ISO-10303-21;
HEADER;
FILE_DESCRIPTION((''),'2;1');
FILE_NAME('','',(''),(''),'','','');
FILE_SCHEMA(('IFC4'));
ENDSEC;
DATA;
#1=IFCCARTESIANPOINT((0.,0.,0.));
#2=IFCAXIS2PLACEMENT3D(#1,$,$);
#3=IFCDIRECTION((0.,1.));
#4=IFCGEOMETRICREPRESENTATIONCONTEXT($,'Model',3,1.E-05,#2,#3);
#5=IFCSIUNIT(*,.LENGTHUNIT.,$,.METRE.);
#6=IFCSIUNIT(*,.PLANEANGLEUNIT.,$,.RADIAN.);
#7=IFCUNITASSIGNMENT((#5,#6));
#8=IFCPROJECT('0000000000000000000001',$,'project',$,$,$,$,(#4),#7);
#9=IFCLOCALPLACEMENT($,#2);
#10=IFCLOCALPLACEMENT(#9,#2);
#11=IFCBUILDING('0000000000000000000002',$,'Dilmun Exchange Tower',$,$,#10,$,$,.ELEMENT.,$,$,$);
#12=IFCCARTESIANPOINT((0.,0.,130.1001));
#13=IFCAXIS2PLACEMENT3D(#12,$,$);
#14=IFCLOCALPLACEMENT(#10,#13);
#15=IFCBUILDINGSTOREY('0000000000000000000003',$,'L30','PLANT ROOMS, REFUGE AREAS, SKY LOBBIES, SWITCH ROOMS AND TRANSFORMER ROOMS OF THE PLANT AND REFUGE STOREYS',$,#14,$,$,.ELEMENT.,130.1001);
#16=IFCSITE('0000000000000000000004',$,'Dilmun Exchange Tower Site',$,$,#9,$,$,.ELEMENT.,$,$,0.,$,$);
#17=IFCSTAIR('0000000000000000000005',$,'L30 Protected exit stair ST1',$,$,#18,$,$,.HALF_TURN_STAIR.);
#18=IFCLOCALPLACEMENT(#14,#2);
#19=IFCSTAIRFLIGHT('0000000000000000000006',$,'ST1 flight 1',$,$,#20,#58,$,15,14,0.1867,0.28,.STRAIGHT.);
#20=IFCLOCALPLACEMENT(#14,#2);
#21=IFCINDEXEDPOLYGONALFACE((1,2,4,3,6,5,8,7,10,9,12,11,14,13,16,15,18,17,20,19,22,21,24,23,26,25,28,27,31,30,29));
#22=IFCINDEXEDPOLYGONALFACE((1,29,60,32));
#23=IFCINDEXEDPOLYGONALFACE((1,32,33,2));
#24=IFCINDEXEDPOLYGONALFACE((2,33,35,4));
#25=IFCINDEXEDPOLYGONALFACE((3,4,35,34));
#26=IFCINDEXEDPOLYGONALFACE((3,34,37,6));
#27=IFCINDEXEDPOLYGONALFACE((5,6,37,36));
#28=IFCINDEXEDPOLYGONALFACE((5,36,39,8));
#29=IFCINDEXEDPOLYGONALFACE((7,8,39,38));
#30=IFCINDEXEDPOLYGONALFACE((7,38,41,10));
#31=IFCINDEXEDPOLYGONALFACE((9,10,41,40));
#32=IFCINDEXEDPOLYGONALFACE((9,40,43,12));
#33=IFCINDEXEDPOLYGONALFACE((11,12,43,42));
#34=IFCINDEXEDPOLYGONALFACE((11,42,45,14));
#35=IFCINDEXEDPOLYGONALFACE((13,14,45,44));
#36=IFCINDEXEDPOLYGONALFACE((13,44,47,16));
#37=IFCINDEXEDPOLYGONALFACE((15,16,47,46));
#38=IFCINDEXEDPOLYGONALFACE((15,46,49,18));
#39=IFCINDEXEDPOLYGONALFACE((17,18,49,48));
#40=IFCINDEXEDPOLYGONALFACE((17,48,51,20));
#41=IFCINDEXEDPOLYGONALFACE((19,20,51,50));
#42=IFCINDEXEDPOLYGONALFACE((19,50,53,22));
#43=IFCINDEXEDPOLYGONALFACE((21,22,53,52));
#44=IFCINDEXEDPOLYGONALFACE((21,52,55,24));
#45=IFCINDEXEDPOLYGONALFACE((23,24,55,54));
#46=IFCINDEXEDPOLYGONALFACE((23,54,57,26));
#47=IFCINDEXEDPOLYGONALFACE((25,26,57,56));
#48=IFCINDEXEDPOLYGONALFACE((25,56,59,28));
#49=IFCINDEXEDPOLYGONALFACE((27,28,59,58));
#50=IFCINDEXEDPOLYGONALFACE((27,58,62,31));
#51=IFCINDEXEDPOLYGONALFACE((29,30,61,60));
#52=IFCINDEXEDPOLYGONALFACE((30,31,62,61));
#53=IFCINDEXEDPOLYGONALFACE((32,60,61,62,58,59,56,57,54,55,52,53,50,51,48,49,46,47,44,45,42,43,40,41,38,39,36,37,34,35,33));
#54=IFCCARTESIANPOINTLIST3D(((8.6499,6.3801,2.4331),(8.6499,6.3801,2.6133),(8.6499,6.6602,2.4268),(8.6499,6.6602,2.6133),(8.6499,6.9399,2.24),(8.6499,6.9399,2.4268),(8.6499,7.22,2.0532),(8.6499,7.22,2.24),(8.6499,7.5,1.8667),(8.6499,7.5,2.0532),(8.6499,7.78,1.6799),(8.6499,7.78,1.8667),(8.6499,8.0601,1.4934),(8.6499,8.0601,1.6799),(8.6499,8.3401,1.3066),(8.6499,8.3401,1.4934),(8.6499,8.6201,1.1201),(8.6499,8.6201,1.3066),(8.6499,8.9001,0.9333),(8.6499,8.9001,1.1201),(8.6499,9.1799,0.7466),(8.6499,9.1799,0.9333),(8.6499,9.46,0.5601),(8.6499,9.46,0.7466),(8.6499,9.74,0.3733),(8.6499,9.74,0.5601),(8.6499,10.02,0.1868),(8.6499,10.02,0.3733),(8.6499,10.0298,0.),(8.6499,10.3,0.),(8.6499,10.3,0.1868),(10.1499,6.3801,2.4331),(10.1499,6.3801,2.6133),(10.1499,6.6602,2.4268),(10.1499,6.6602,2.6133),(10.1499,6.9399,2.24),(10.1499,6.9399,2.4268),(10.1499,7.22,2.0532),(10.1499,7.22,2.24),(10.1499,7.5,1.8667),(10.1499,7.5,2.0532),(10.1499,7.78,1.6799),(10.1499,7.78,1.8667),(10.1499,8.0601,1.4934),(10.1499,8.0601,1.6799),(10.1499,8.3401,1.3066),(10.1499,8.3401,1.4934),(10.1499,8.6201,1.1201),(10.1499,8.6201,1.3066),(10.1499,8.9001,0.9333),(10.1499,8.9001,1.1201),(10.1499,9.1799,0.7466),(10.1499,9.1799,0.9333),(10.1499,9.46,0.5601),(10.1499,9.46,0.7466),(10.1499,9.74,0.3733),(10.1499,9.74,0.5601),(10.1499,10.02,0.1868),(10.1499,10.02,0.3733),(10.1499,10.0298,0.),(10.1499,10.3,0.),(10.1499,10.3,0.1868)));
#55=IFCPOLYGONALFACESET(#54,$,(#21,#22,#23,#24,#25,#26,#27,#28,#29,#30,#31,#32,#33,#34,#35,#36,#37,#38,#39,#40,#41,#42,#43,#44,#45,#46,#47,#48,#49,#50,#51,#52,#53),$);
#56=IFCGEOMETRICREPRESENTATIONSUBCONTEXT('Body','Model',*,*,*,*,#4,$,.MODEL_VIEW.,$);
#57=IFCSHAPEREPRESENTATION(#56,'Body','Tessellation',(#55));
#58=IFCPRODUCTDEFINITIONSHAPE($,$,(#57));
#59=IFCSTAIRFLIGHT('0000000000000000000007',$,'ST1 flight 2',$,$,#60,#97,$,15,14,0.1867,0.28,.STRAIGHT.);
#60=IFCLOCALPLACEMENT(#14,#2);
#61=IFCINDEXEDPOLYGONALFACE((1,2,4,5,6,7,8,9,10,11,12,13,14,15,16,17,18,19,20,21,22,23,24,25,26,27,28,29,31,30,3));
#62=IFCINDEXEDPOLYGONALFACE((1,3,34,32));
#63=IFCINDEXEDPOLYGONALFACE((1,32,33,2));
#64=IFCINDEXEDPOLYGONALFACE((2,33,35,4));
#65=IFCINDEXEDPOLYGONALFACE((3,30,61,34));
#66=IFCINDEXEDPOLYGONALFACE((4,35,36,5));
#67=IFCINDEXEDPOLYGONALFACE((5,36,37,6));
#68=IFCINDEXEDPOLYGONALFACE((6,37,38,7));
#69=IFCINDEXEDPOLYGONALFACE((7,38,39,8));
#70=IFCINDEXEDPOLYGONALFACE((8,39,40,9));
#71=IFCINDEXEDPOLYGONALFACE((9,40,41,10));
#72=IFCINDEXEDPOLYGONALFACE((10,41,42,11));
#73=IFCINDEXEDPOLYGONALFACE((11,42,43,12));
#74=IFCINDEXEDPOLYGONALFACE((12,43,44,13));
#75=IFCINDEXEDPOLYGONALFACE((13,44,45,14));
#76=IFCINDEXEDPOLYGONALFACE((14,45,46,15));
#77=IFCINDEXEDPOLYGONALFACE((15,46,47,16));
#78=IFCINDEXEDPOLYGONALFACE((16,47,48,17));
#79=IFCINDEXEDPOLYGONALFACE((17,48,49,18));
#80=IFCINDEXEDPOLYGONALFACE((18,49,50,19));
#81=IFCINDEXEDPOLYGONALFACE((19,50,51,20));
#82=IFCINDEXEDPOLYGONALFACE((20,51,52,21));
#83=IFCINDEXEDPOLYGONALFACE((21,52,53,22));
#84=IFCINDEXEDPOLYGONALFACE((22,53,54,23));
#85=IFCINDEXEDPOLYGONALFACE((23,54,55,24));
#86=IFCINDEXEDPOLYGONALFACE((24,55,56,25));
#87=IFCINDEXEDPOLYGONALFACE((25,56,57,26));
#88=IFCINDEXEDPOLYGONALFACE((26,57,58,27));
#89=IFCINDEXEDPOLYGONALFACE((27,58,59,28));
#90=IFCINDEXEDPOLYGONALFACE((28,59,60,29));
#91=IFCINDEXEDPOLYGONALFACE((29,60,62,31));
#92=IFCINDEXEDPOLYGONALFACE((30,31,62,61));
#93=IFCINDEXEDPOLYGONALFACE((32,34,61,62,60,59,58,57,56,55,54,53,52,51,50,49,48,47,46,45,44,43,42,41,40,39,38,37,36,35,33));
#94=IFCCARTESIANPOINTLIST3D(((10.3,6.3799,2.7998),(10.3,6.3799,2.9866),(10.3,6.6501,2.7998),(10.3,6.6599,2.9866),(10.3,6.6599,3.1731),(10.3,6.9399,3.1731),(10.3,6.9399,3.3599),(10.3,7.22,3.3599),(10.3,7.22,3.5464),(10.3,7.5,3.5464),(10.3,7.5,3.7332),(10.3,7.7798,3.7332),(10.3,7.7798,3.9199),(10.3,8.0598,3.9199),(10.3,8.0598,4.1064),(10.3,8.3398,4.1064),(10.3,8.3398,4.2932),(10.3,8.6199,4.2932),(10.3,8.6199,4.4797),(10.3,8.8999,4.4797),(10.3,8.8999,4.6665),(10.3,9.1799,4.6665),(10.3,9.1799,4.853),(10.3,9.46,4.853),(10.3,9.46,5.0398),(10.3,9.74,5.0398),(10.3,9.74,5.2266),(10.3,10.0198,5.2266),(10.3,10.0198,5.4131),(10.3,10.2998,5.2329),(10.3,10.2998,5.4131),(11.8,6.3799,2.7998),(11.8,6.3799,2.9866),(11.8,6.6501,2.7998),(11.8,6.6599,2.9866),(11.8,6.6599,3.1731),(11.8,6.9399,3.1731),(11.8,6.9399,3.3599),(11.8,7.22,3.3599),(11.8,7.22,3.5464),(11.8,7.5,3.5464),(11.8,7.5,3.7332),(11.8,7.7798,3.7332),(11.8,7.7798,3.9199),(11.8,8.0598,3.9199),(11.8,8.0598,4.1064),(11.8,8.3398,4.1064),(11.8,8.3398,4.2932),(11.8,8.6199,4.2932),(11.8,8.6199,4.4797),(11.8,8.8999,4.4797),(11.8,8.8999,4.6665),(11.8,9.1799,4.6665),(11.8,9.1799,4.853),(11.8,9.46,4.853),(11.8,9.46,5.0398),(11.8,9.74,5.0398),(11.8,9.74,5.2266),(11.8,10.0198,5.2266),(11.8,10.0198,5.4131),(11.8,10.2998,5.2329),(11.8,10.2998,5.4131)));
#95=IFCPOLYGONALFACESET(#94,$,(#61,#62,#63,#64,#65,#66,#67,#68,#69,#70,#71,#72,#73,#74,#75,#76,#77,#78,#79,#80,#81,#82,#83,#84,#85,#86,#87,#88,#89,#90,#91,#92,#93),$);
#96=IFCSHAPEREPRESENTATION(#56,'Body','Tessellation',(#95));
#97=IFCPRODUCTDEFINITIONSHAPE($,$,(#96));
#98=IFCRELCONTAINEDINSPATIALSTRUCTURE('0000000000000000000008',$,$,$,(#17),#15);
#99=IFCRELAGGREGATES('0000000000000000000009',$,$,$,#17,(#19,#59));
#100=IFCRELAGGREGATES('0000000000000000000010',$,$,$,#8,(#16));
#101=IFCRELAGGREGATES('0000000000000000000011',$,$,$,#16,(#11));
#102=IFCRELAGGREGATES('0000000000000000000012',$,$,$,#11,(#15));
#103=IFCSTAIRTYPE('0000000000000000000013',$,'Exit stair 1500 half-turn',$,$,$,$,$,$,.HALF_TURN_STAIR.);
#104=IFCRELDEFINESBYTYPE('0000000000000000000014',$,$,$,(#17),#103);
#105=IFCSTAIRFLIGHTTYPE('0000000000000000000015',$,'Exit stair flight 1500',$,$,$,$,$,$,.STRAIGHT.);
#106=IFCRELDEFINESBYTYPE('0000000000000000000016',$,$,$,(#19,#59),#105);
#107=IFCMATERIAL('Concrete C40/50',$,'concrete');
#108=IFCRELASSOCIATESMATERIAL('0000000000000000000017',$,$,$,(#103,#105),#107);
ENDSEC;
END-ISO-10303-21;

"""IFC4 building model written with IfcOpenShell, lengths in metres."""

from ifc_helpers import new_model, si_unit, direction, frame, origin, place, context, subcontext, project, spatial, polyline, outline, extrude, material, type_object, element, aggregate, save


model = new_model("IFC4")

# Units and contexts
model_context = context("Model", 3, precision=1e-05, world=origin(), true_north=direction((0.0, 1.0)))
body_context = subcontext(model_context, "Body", "Model", "MODEL_VIEW")
ifc_project = project(units=[si_unit("LENGTHUNIT", "METRE"), si_unit("PLANEANGLEUNIT", "RADIAN")], contexts=[model_context])

# Site, building, storey
site_placement = place(None, origin())
site = spatial("IfcSite", under=ifc_project, at=site_placement, Name="Dilmun Exchange Tower Site", CompositionType="ELEMENT", RefElevation=0.0)
building_placement = place(site_placement, origin())
building = spatial("IfcBuilding", under=site, at=building_placement, Name="Dilmun Exchange Tower", CompositionType="ELEMENT")
storey_placement = place(building_placement, frame((0.0, 0.0, 130.1001)))
storey = spatial("IfcBuildingStorey", under=building, at=storey_placement, Name="L30", Description="PLANT ROOMS, REFUGE AREAS, SKY LOBBIES, SWITCH ROOMS AND TRANSFORMER ROOMS OF THE PLANT AND REFUGE STOREYS", CompositionType="ELEMENT", Elevation=130.1001)

# Shared definitions
ifc_material_1 = material(Name="Concrete C40/50", Category="concrete")

# Stair, stair flights
stair_type = type_object("IfcStairType", Name="Exit stair 1500 half-turn", PredefinedType="HALF_TURN_STAIR", material=ifc_material_1)
stair_placement = place(storey_placement, origin())
stair = element("IfcStair", 1, at=stair_placement, inside=storey, type_object=stair_type, Name="L30 Protected exit stair ST1", PredefinedType="HALF_TURN_STAIR")
stair_flight_type = type_object("IfcStairFlightType", Name="Exit stair flight 1500", PredefinedType="STRAIGHT", material=ifc_material_1)
stair_flight_1_placement = place(storey_placement, frame((9.3999, 10.3, 0.0), z_axis=(0.0, 0.0, 1.0), x_axis=(0.0, -1.0, 0.0)))
stair_flight_1 = element("IfcStairFlight", 2, at=stair_flight_1_placement, type_object=stair_flight_type, Name="ST1 flight 1", NumberOfRisers=15, NumberOfTreads=14, PredefinedType="STRAIGHT", RiserHeight=0.1867, TreadLength=0.28, context=body_context, shape_type="SweptSolid", body=[
    extrude(outline(polyline([(0.0, 0.0), (0.0, 0.1868), (0.28, 0.1868), (0.28, 0.3733), (0.5601, 0.3733), (0.5601, 0.5601), (0.8401, 0.5601), (0.8401, 0.7466), (1.1201, 0.7466), (1.1201, 0.9333), (1.3999, 0.9333), (1.3999, 1.1201), (1.6799, 1.1201), (1.6799, 1.3066), (1.96, 1.3066), (1.96, 1.4934), (2.24, 1.4934), (2.24, 1.6799), (2.52, 1.6799), (2.52, 1.8667), (2.8, 1.8667), (2.8, 2.0532), (3.0801, 2.0532), (3.0801, 2.24), (3.3601, 2.24), (3.3601, 2.4268), (3.6399, 2.4268), (3.6399, 2.6133), (3.9199, 2.6133), (3.9199, 2.8), (3.9199, 2.4331), (0.2703, 0.0), (0.0, 0.0)])), frame((0.0, 0.75, 0.0), z_axis=(0.0, -1.0, 0.0), x_axis=(1.0, 0.0, 0.0)), (0.0, 0.0, 1.0), 1.5),
])
stair_flight_2_placement = place(storey_placement, frame((11.05, 6.3799, 2.7998), z_axis=(0.0, 0.0, 1.0), x_axis=(0.0, 1.0, 0.0)))
stair_flight_2 = element("IfcStairFlight", 3, at=stair_flight_2_placement, type_object=stair_flight_type, Name="ST1 flight 2", NumberOfRisers=15, NumberOfTreads=14, PredefinedType="STRAIGHT", RiserHeight=0.1867, TreadLength=0.28, context=body_context, shape_type="SweptSolid", body=[
    extrude(outline(polyline([(0.0, 0.0), (0.0, 0.1868), (0.28, 0.1868), (0.28, 0.3733), (0.5601, 0.3733), (0.5601, 0.5601), (0.8401, 0.5601), (0.8401, 0.7466), (1.1201, 0.7466), (1.1201, 0.9333), (1.3999, 0.9333), (1.3999, 1.1201), (1.6799, 1.1201), (1.6799, 1.3066), (1.96, 1.3066), (1.96, 1.4934), (2.24, 1.4934), (2.24, 1.6799), (2.52, 1.6799), (2.52, 1.8667), (2.8, 1.8667), (2.8, 2.0532), (3.0801, 2.0532), (3.0801, 2.24), (3.3601, 2.24), (3.3601, 2.4268), (3.6399, 2.4268), (3.6399, 2.6133), (3.9199, 2.6133), (3.9199, 2.8), (3.9199, 2.4331), (0.2703, 0.0), (0.0, 0.0)])), frame((0.0, 0.75, 0.0), z_axis=(0.0, -1.0, 0.0), x_axis=(1.0, 0.0, 0.0)), (0.0, 0.0, 1.0), 1.5),
])
aggregate(stair, [stair_flight_1, stair_flight_2])

save(model, "model.ifc")
